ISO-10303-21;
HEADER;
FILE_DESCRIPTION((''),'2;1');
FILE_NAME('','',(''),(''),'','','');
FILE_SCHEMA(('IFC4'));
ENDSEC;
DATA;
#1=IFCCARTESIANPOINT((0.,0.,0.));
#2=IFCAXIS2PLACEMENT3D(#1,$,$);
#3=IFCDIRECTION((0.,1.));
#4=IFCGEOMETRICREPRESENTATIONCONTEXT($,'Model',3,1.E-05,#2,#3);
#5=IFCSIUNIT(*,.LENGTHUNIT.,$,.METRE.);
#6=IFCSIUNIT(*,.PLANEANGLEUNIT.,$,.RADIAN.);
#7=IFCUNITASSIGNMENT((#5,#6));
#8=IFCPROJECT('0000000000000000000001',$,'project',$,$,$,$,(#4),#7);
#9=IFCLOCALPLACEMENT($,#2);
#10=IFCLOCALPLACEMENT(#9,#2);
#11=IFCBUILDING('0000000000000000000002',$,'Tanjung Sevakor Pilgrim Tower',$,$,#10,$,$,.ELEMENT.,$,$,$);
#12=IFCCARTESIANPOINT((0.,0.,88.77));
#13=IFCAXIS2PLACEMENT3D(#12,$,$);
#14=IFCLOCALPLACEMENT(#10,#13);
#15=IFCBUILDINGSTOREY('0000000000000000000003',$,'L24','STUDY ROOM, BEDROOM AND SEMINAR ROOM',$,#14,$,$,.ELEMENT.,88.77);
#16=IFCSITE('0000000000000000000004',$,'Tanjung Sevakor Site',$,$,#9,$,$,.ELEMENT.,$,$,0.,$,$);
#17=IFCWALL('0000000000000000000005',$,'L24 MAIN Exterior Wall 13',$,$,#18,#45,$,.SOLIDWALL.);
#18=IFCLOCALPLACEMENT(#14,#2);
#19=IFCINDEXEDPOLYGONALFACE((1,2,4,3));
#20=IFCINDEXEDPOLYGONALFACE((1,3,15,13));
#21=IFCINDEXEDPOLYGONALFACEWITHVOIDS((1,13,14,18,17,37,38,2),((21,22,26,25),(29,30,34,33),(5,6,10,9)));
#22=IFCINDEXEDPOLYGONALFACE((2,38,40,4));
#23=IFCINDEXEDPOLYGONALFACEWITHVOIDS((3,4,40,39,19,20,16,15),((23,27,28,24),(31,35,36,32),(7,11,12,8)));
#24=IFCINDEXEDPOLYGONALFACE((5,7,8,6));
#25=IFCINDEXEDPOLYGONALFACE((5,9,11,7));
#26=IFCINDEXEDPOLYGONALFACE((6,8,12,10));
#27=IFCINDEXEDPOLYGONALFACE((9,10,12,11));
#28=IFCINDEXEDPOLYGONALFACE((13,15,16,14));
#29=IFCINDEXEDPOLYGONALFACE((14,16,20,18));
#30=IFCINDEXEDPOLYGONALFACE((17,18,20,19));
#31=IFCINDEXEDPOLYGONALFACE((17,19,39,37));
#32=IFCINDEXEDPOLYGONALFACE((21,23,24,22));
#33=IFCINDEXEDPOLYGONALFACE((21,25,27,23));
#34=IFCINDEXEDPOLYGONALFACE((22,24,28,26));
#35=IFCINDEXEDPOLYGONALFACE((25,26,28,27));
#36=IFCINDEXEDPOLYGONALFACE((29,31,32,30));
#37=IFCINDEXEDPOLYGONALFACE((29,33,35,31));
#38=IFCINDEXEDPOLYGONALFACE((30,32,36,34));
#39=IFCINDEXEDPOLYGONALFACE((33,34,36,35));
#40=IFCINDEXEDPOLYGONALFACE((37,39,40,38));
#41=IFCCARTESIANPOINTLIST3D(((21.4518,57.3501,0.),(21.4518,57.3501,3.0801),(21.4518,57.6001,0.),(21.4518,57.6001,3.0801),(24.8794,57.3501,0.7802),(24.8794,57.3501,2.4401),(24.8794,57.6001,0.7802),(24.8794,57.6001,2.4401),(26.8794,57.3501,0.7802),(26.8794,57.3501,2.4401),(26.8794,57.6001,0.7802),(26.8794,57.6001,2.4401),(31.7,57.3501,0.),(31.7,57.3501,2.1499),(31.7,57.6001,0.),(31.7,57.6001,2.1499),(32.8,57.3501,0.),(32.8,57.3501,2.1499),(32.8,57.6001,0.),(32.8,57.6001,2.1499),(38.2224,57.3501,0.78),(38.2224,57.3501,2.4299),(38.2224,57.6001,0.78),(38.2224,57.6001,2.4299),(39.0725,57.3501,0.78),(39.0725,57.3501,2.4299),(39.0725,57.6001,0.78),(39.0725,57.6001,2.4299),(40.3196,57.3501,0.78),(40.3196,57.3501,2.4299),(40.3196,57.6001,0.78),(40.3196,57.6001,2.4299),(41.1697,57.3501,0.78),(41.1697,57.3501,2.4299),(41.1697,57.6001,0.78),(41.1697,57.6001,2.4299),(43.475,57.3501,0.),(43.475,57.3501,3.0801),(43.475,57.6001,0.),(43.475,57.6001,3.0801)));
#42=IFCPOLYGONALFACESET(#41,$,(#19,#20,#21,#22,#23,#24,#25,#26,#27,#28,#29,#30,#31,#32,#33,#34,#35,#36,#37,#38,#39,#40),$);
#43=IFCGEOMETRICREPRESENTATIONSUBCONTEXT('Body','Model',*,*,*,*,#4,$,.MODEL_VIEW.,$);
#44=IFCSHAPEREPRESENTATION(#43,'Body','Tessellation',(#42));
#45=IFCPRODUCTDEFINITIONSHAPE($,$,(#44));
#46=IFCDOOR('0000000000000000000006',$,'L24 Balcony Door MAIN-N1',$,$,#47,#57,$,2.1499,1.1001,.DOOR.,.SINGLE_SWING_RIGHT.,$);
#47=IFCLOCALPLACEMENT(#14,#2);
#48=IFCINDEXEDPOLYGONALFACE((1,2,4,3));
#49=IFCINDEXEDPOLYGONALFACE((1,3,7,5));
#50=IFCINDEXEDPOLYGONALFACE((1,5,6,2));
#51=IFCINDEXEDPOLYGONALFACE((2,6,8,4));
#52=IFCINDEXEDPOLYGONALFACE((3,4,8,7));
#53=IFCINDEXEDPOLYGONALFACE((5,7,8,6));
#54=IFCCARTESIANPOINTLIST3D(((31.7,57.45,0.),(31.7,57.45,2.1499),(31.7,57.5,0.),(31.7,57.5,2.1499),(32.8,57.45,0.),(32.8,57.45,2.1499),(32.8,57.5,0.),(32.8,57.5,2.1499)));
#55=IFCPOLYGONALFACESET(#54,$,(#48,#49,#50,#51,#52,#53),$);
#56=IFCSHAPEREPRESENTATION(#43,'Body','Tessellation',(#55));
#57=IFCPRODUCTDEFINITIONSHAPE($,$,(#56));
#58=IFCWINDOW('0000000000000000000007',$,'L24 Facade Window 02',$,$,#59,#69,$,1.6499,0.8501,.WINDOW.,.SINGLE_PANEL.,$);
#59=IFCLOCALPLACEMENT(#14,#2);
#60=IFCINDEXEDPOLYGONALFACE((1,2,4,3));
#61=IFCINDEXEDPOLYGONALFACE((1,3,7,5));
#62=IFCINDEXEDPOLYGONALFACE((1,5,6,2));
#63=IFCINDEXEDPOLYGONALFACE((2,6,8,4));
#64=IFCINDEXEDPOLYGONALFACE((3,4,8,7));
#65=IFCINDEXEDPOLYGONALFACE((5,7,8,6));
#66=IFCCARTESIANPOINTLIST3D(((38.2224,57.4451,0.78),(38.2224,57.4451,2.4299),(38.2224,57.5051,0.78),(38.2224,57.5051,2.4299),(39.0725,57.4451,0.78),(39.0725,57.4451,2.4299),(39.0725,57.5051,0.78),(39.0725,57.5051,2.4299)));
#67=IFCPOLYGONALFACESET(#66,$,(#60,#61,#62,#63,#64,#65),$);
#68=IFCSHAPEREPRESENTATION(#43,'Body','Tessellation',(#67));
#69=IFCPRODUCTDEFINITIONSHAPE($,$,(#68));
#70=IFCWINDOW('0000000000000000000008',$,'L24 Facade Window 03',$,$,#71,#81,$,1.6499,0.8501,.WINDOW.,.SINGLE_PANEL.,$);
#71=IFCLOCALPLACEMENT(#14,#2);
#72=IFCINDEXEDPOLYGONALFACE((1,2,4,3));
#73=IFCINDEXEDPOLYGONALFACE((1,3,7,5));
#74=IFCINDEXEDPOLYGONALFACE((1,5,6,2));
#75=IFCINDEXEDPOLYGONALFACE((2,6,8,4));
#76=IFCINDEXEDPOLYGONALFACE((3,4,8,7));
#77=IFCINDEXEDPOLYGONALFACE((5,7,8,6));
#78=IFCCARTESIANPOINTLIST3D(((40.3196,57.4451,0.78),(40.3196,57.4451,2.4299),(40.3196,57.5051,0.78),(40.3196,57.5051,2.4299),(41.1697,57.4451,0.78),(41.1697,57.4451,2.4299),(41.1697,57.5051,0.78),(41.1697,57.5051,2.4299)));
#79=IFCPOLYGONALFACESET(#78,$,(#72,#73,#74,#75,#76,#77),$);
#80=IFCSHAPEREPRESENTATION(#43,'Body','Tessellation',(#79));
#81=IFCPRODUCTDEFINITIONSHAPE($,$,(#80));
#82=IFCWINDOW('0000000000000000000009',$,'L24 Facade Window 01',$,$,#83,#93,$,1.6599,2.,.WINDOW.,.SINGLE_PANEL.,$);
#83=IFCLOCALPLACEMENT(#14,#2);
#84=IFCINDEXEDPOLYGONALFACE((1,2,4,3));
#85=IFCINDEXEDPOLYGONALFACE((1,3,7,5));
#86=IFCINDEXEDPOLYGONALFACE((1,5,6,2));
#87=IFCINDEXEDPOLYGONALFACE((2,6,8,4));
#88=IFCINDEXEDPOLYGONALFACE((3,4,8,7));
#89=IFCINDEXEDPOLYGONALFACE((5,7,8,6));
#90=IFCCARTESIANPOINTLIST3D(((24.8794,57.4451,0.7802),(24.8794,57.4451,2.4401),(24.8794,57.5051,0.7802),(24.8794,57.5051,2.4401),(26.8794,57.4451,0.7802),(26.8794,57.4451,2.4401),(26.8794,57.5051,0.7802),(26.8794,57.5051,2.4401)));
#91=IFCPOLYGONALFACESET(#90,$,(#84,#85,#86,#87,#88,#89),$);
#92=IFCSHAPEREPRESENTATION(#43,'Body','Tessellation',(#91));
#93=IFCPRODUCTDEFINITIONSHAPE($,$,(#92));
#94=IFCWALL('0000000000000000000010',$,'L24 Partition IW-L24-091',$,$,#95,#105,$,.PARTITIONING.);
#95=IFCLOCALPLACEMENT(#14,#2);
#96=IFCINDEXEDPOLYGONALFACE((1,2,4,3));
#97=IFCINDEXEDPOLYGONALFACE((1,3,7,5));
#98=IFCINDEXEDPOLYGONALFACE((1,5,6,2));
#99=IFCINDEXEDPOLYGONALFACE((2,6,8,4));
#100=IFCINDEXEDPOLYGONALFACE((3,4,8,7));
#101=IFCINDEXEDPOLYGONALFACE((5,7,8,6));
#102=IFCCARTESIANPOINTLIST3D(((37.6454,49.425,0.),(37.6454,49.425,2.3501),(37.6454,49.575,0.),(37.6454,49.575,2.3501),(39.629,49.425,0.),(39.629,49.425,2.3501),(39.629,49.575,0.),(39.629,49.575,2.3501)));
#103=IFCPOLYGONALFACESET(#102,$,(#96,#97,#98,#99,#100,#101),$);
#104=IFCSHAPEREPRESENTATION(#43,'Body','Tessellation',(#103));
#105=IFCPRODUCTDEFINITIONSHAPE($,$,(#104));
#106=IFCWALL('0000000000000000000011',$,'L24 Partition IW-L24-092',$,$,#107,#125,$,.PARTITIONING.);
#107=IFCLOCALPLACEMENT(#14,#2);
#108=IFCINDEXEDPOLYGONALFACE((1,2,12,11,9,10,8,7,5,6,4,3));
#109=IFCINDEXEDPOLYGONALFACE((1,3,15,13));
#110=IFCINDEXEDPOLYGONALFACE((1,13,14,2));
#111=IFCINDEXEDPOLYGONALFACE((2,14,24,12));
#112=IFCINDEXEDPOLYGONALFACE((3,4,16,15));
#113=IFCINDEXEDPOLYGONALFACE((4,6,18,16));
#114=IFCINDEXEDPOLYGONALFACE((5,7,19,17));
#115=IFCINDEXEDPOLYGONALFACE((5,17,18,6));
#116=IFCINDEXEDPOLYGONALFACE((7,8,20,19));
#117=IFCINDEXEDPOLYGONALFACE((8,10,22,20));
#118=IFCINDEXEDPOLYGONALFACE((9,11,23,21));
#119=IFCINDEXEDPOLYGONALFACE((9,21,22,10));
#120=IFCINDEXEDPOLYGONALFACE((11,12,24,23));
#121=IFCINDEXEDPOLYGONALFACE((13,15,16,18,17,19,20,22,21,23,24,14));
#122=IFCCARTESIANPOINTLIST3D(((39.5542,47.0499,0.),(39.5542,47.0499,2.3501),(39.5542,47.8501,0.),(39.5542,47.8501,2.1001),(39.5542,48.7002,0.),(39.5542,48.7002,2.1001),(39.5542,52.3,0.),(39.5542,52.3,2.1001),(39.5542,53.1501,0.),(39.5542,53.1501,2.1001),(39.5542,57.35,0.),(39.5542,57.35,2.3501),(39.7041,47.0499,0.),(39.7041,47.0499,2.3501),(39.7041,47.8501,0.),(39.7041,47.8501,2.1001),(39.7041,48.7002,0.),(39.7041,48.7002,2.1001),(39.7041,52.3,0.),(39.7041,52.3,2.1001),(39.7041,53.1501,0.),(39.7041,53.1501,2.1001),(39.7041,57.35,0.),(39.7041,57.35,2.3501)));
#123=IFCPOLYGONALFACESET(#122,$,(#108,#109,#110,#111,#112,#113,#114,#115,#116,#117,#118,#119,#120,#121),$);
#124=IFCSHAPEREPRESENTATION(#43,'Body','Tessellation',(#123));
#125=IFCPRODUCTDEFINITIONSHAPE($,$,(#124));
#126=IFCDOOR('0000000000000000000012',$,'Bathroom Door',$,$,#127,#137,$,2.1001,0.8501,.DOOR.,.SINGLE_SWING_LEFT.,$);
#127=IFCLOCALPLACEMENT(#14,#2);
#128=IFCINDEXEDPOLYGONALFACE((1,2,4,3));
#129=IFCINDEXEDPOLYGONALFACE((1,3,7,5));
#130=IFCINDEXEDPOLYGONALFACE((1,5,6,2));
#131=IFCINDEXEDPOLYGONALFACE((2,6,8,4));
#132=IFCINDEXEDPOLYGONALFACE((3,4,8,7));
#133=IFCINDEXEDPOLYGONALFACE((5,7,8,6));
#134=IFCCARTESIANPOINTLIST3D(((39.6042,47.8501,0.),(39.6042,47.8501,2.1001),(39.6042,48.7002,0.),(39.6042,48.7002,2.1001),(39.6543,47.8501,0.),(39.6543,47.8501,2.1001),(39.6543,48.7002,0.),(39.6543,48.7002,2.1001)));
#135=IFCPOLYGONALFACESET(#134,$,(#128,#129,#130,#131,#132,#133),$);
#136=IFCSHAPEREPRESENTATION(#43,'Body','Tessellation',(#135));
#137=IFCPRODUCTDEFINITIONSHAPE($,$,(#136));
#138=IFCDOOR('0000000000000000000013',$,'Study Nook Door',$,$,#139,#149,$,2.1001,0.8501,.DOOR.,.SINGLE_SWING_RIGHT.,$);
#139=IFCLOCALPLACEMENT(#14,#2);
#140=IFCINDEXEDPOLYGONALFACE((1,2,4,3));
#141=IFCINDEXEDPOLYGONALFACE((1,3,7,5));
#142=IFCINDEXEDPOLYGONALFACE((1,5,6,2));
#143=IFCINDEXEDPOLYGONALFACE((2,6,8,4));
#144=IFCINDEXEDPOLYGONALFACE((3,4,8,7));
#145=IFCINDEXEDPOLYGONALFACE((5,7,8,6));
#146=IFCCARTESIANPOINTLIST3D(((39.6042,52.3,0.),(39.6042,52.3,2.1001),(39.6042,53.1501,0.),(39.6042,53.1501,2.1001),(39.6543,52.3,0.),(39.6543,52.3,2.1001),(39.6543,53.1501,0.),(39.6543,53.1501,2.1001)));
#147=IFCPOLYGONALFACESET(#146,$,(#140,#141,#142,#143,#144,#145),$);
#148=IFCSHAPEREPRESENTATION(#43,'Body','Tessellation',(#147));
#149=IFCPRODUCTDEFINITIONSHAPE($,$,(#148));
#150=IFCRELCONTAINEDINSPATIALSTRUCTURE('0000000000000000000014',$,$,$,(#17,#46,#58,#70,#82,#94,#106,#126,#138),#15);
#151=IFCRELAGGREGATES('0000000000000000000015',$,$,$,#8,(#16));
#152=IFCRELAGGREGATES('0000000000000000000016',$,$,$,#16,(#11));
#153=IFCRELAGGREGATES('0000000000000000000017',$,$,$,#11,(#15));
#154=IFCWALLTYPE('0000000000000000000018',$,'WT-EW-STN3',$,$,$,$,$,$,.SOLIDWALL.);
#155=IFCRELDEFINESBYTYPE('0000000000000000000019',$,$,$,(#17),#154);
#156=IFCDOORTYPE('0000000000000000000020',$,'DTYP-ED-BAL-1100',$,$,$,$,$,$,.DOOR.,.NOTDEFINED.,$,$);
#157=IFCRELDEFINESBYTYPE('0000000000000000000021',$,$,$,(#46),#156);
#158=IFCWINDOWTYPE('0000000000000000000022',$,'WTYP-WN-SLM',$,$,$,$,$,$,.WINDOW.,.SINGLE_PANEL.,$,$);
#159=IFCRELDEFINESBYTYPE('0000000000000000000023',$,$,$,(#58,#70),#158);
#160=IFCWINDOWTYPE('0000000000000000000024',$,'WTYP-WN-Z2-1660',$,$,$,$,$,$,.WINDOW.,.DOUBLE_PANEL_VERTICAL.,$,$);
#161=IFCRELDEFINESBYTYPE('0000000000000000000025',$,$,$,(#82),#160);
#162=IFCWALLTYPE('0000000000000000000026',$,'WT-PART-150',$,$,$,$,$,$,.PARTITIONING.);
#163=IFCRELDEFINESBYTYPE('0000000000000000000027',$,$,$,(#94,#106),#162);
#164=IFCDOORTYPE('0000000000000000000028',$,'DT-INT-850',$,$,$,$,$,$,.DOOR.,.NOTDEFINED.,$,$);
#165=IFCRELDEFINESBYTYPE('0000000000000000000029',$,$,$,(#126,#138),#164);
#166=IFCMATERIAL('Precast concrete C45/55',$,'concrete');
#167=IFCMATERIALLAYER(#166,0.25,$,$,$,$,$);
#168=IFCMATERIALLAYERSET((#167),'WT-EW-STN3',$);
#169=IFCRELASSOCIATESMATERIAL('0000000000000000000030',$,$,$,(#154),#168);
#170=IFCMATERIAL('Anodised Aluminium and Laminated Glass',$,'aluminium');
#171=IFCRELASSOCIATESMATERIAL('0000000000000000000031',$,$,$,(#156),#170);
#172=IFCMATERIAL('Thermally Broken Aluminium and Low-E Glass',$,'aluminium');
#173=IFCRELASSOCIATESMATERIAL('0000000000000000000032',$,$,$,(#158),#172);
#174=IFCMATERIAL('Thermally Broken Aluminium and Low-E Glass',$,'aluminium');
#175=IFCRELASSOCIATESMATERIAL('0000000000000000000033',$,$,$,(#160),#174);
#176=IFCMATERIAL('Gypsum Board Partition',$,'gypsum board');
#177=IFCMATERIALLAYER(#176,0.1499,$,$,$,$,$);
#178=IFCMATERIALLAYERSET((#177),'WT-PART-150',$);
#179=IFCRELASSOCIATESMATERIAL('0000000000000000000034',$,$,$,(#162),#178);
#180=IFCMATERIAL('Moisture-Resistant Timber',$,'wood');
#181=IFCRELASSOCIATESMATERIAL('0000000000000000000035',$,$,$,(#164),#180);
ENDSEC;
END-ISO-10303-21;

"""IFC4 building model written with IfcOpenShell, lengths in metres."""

from ifc_helpers import new_model, si_unit, direction, frame, frame_2d, origin, place, context, subcontext, project, spatial, rectangle, extrude, material, layer, layer_set, type_object, element, fill, save


model = new_model("IFC4")

# Units and contexts
model_context = context("Model", 3, precision=1e-05, world=origin(), true_north=direction((0.0, 1.0)))
body_context = subcontext(model_context, "Body", "Model", "MODEL_VIEW")
ifc_project = project(units=[si_unit("LENGTHUNIT", "METRE"), si_unit("PLANEANGLEUNIT", "RADIAN")], contexts=[model_context])

# Site, building, storey
site_placement = place(None, origin())
site = spatial("IfcSite", under=ifc_project, at=site_placement, Name="Tanjung Sevakor Site", CompositionType="ELEMENT", RefElevation=0.0)
building_placement = place(site_placement, origin())
building = spatial("IfcBuilding", under=site, at=building_placement, Name="Tanjung Sevakor Pilgrim Tower", CompositionType="ELEMENT")
storey_placement = place(building_placement, frame((0.0, 0.0, 88.77)))
storey = spatial("IfcBuildingStorey", under=building, at=storey_placement, Name="L24", Description="STUDY ROOM, BEDROOM AND SEMINAR ROOM", CompositionType="ELEMENT", Elevation=88.77)

# Shared definitions
ifc_material_1 = material(Name="Precast concrete C45/55", Category="concrete")
ifc_layer_1 = layer(ifc_material_1, 0.25)
ifc_layer_set_1 = layer_set([ifc_layer_1], Name="WT-EW-STN3")
wall_type_1 = type_object("IfcWallType", Name="WT-EW-STN3", PredefinedType="SOLIDWALL", material=ifc_layer_set_1)

# Wall, openings, door, windows
wall_1_placement = place(storey_placement, frame((43.4751, 57.4751, 0.0), z_axis=(0.0, 0.0, 1.0), x_axis=(-1.0, 0.0, 0.0)))
wall_1 = element("IfcWall", 1, at=wall_1_placement, inside=storey, type_object=wall_type_1, Name="L24 MAIN Exterior Wall 13", PredefinedType="SOLIDWALL", context=body_context, shape_type="SweptSolid", body=[
    extrude(rectangle(XDim=22.0232, YDim=0.25, at=frame_2d((11.0117, 0.0))), origin(), (0.0, 0.0, 1.0), 3.0801),
])
opening_1_placement = place(wall_1_placement, frame((10.675, 0.0, 0.0)))
opening_1 = element("IfcOpeningElement", 2, at=opening_1_placement, cuts=wall_1, PredefinedType="OPENING", context=body_context, shape_type="SweptSolid", body=[
    extrude(rectangle(XDim=1.1001, YDim=2.1499, at=frame_2d((0.55, 1.075))), frame((0.0, 0.135, 0.0), z_axis=(0.0, -1.0, 0.0), x_axis=(1.0, 0.0, 0.0)), (0.0, 0.0, 1.0), 0.27),
])
opening_2_placement = place(wall_1_placement, frame((16.5957, 0.0, 0.78)))
opening_2 = element("IfcOpeningElement", 3, at=opening_2_placement, cuts=wall_1, PredefinedType="OPENING", context=body_context, shape_type="SweptSolid", body=[
    extrude(rectangle(XDim=2.0, YDim=1.6599, at=frame_2d((1.0, 0.8301))), frame((0.0, 0.135, 0.0), z_axis=(0.0, -1.0, 0.0), x_axis=(1.0, 0.0, 0.0)), (0.0, 0.0, 1.0), 0.27),
])
opening_3_placement = place(wall_1_placement, frame((4.4026, 0.0, 0.78)))
opening_3 = element("IfcOpeningElement", 4, at=opening_3_placement, cuts=wall_1, PredefinedType="OPENING", context=body_context, shape_type="SweptSolid", body=[
    extrude(rectangle(XDim=0.8501, YDim=1.6499, at=frame_2d((0.425, 0.825))), frame((0.0, 0.135, 0.0), z_axis=(0.0, -1.0, 0.0), x_axis=(1.0, 0.0, 0.0)), (0.0, 0.0, 1.0), 0.27),
])
opening_4_placement = place(wall_1_placement, frame((2.3054, 0.0, 0.78)))
opening_4 = element("IfcOpeningElement", 5, at=opening_4_placement, cuts=wall_1, PredefinedType="OPENING", context=body_context, shape_type="SweptSolid", body=[
    extrude(rectangle(XDim=0.8501, YDim=1.6499, at=frame_2d((0.425, 0.825))), frame((0.0, 0.135, 0.0), z_axis=(0.0, -1.0, 0.0), x_axis=(1.0, 0.0, 0.0)), (0.0, 0.0, 1.0), 0.27),
])
ifc_material_2 = material(Name="Anodised Aluminium and Laminated Glass", Category="aluminium")
door_type_1 = type_object("IfcDoorType", Name="DTYP-ED-BAL-1100", OperationType="NOTDEFINED", PredefinedType="DOOR", material=ifc_material_2)
door_1_placement = place(opening_1_placement, frame((1.1001, 0.0, 0.0), z_axis=(0.0, 0.0, 1.0), x_axis=(-1.0, 0.0, 0.0)))
door_1 = element("IfcDoor", 6, at=door_1_placement, inside=storey, type_object=door_type_1, Name="L24 Balcony Door MAIN-N1", OperationType="SINGLE_SWING_RIGHT", OverallHeight=2.1499, OverallWidth=1.1001, PredefinedType="DOOR", context=body_context, shape_type="SweptSolid", body=[
    extrude(rectangle(XDim=1.1001, YDim=2.1499, at=frame_2d((0.55, 1.075))), frame((0.0, 0.0249, 0.0), z_axis=(0.0, -1.0, 0.0), x_axis=(1.0, 0.0, 0.0)), (0.0, 0.0, 1.0), 0.05),
])
fill(opening_1, door_1)
ifc_material_3 = material(Name="Thermally Broken Aluminium and Low-E Glass", Category="aluminium")
window_type_1 = type_object("IfcWindowType", Name="WTYP-WN-SLM", PartitioningType="SINGLE_PANEL", PredefinedType="WINDOW", material=ifc_material_3)
window_1_placement = place(opening_3_placement, origin())
window_1 = element("IfcWindow", 7, at=window_1_placement, inside=storey, type_object=window_type_1, Name="L24 Facade Window 02", OverallHeight=1.6499, OverallWidth=0.8501, PartitioningType="SINGLE_PANEL", PredefinedType="WINDOW", context=body_context, shape_type="SweptSolid", body=[
    extrude(rectangle(XDim=0.8501, YDim=1.6499, at=frame_2d((0.425, 0.825))), frame((0.0, 0.03, 0.0), z_axis=(0.0, -1.0, 0.0), x_axis=(1.0, 0.0, 0.0)), (0.0, 0.0, 1.0), 0.0601),
])
fill(opening_3, window_1)
window_2_placement = place(opening_4_placement, origin())
window_2 = element("IfcWindow", 8, at=window_2_placement, inside=storey, type_object=window_type_1, Name="L24 Facade Window 03", OverallHeight=1.6499, OverallWidth=0.8501, PartitioningType="SINGLE_PANEL", PredefinedType="WINDOW", context=body_context, shape_type="SweptSolid", body=[
    extrude(rectangle(XDim=0.8501, YDim=1.6499, at=frame_2d((0.425, 0.825))), frame((0.0, 0.03, 0.0), z_axis=(0.0, -1.0, 0.0), x_axis=(1.0, 0.0, 0.0)), (0.0, 0.0, 1.0), 0.0601),
])
fill(opening_4, window_2)
ifc_material_4 = material(Name="Thermally Broken Aluminium and Low-E Glass", Category="aluminium")
window_type_2 = type_object("IfcWindowType", Name="WTYP-WN-Z2-1660", PartitioningType="DOUBLE_PANEL_VERTICAL", PredefinedType="WINDOW", material=ifc_material_4)
window_3_placement = place(opening_2_placement, origin())
window_3 = element("IfcWindow", 9, at=window_3_placement, inside=storey, type_object=window_type_2, Name="L24 Facade Window 01", OverallHeight=1.6599, OverallWidth=2.0, PartitioningType="SINGLE_PANEL", PredefinedType="WINDOW", context=body_context, shape_type="SweptSolid", body=[
    extrude(rectangle(XDim=2.0, YDim=1.6599, at=frame_2d((1.0, 0.8301))), frame((0.0, 0.03, 0.0), z_axis=(0.0, -1.0, 0.0), x_axis=(1.0, 0.0, 0.0)), (0.0, 0.0, 1.0), 0.0601),
])
fill(opening_2, window_3)

# Wall
ifc_material_5 = material(Name="Gypsum Board Partition", Category="gypsum board")
ifc_layer_2 = layer(ifc_material_5, 0.1499)
ifc_layer_set_2 = layer_set([ifc_layer_2], Name="WT-PART-150")
wall_type_2 = type_object("IfcWallType", Name="WT-PART-150", PredefinedType="PARTITIONING", material=ifc_layer_set_2)
wall_2_placement = place(storey_placement, frame((37.6455, 49.5, 0.0), z_axis=(0.0, 0.0, 1.0), x_axis=(1.0, 0.0, 0.0)))
element("IfcWall", 10, at=wall_2_placement, inside=storey, type_object=wall_type_2, Name="L24 Partition IW-L24-091", PredefinedType="PARTITIONING", context=body_context, shape_type="SweptSolid", body=[
    extrude(rectangle(XDim=1.9836, YDim=0.1499, at=frame_2d((0.9917, 0.0))), origin(), (0.0, 0.0, 1.0), 2.3501),
])

# Wall, openings, doors
wall_3_placement = place(storey_placement, frame((39.6292, 47.05, 0.0), z_axis=(0.0, 0.0, 1.0), x_axis=(0.0, 1.0, 0.0)))
wall_3 = element("IfcWall", 11, at=wall_3_placement, inside=storey, type_object=wall_type_2, Name="L24 Partition IW-L24-092", PredefinedType="PARTITIONING", context=body_context, shape_type="SweptSolid", body=[
    extrude(rectangle(XDim=10.3, YDim=0.1499, at=frame_2d((5.1499, 0.0))), origin(), (0.0, 0.0, 1.0), 2.3501),
])
opening_5_placement = place(wall_3_placement, frame((0.8, 0.0, 0.0)))
opening_5 = element("IfcOpeningElement", 12, at=opening_5_placement, cuts=wall_3, PredefinedType="OPENING", context=body_context, shape_type="SweptSolid", body=[
    extrude(rectangle(XDim=0.8501, YDim=2.1001, at=frame_2d((0.425, 1.05))), frame((0.0, 0.085, 0.0), z_axis=(0.0, -1.0, 0.0), x_axis=(1.0, 0.0, 0.0)), (0.0, 0.0, 1.0), 0.1699),
])
opening_6_placement = place(wall_3_placement, frame((5.25, 0.0, 0.0)))
opening_6 = element("IfcOpeningElement", 13, at=opening_6_placement, cuts=wall_3, PredefinedType="OPENING", context=body_context, shape_type="SweptSolid", body=[
    extrude(rectangle(XDim=0.8501, YDim=2.1001, at=frame_2d((0.425, 1.05))), frame((0.0, 0.085, 0.0), z_axis=(0.0, -1.0, 0.0), x_axis=(1.0, 0.0, 0.0)), (0.0, 0.0, 1.0), 0.1699),
])
ifc_material_6 = material(Name="Moisture-Resistant Timber", Category="wood")
door_type_2 = type_object("IfcDoorType", Name="DT-INT-850", OperationType="NOTDEFINED", PredefinedType="DOOR", material=ifc_material_6)
door_2_placement = place(opening_5_placement, origin())
door_2 = element("IfcDoor", 14, at=door_2_placement, inside=storey, type_object=door_type_2, Name="Bathroom Door", OperationType="SINGLE_SWING_LEFT", OverallHeight=2.1001, OverallWidth=0.8501, PredefinedType="DOOR", context=body_context, shape_type="SweptSolid", body=[
    extrude(rectangle(XDim=0.8501, YDim=2.1001, at=frame_2d((0.425, 1.05))), frame((0.0, 0.0249, 0.0), z_axis=(0.0, -1.0, 0.0), x_axis=(1.0, 0.0, 0.0)), (0.0, 0.0, 1.0), 0.05),
])
fill(opening_5, door_2)
door_3_placement = place(opening_6_placement, origin())
door_3 = element("IfcDoor", 15, at=door_3_placement, inside=storey, type_object=door_type_2, Name="Study Nook Door", OperationType="SINGLE_SWING_RIGHT", OverallHeight=2.1001, OverallWidth=0.8501, PredefinedType="DOOR", context=body_context, shape_type="SweptSolid", body=[
    extrude(rectangle(XDim=0.8501, YDim=2.1001, at=frame_2d((0.425, 1.05))), frame((0.0, 0.0249, 0.0), z_axis=(0.0, -1.0, 0.0), x_axis=(1.0, 0.0, 0.0)), (0.0, 0.0, 1.0), 0.05),
])
fill(opening_6, door_3)

save(model, "model.ifc")
